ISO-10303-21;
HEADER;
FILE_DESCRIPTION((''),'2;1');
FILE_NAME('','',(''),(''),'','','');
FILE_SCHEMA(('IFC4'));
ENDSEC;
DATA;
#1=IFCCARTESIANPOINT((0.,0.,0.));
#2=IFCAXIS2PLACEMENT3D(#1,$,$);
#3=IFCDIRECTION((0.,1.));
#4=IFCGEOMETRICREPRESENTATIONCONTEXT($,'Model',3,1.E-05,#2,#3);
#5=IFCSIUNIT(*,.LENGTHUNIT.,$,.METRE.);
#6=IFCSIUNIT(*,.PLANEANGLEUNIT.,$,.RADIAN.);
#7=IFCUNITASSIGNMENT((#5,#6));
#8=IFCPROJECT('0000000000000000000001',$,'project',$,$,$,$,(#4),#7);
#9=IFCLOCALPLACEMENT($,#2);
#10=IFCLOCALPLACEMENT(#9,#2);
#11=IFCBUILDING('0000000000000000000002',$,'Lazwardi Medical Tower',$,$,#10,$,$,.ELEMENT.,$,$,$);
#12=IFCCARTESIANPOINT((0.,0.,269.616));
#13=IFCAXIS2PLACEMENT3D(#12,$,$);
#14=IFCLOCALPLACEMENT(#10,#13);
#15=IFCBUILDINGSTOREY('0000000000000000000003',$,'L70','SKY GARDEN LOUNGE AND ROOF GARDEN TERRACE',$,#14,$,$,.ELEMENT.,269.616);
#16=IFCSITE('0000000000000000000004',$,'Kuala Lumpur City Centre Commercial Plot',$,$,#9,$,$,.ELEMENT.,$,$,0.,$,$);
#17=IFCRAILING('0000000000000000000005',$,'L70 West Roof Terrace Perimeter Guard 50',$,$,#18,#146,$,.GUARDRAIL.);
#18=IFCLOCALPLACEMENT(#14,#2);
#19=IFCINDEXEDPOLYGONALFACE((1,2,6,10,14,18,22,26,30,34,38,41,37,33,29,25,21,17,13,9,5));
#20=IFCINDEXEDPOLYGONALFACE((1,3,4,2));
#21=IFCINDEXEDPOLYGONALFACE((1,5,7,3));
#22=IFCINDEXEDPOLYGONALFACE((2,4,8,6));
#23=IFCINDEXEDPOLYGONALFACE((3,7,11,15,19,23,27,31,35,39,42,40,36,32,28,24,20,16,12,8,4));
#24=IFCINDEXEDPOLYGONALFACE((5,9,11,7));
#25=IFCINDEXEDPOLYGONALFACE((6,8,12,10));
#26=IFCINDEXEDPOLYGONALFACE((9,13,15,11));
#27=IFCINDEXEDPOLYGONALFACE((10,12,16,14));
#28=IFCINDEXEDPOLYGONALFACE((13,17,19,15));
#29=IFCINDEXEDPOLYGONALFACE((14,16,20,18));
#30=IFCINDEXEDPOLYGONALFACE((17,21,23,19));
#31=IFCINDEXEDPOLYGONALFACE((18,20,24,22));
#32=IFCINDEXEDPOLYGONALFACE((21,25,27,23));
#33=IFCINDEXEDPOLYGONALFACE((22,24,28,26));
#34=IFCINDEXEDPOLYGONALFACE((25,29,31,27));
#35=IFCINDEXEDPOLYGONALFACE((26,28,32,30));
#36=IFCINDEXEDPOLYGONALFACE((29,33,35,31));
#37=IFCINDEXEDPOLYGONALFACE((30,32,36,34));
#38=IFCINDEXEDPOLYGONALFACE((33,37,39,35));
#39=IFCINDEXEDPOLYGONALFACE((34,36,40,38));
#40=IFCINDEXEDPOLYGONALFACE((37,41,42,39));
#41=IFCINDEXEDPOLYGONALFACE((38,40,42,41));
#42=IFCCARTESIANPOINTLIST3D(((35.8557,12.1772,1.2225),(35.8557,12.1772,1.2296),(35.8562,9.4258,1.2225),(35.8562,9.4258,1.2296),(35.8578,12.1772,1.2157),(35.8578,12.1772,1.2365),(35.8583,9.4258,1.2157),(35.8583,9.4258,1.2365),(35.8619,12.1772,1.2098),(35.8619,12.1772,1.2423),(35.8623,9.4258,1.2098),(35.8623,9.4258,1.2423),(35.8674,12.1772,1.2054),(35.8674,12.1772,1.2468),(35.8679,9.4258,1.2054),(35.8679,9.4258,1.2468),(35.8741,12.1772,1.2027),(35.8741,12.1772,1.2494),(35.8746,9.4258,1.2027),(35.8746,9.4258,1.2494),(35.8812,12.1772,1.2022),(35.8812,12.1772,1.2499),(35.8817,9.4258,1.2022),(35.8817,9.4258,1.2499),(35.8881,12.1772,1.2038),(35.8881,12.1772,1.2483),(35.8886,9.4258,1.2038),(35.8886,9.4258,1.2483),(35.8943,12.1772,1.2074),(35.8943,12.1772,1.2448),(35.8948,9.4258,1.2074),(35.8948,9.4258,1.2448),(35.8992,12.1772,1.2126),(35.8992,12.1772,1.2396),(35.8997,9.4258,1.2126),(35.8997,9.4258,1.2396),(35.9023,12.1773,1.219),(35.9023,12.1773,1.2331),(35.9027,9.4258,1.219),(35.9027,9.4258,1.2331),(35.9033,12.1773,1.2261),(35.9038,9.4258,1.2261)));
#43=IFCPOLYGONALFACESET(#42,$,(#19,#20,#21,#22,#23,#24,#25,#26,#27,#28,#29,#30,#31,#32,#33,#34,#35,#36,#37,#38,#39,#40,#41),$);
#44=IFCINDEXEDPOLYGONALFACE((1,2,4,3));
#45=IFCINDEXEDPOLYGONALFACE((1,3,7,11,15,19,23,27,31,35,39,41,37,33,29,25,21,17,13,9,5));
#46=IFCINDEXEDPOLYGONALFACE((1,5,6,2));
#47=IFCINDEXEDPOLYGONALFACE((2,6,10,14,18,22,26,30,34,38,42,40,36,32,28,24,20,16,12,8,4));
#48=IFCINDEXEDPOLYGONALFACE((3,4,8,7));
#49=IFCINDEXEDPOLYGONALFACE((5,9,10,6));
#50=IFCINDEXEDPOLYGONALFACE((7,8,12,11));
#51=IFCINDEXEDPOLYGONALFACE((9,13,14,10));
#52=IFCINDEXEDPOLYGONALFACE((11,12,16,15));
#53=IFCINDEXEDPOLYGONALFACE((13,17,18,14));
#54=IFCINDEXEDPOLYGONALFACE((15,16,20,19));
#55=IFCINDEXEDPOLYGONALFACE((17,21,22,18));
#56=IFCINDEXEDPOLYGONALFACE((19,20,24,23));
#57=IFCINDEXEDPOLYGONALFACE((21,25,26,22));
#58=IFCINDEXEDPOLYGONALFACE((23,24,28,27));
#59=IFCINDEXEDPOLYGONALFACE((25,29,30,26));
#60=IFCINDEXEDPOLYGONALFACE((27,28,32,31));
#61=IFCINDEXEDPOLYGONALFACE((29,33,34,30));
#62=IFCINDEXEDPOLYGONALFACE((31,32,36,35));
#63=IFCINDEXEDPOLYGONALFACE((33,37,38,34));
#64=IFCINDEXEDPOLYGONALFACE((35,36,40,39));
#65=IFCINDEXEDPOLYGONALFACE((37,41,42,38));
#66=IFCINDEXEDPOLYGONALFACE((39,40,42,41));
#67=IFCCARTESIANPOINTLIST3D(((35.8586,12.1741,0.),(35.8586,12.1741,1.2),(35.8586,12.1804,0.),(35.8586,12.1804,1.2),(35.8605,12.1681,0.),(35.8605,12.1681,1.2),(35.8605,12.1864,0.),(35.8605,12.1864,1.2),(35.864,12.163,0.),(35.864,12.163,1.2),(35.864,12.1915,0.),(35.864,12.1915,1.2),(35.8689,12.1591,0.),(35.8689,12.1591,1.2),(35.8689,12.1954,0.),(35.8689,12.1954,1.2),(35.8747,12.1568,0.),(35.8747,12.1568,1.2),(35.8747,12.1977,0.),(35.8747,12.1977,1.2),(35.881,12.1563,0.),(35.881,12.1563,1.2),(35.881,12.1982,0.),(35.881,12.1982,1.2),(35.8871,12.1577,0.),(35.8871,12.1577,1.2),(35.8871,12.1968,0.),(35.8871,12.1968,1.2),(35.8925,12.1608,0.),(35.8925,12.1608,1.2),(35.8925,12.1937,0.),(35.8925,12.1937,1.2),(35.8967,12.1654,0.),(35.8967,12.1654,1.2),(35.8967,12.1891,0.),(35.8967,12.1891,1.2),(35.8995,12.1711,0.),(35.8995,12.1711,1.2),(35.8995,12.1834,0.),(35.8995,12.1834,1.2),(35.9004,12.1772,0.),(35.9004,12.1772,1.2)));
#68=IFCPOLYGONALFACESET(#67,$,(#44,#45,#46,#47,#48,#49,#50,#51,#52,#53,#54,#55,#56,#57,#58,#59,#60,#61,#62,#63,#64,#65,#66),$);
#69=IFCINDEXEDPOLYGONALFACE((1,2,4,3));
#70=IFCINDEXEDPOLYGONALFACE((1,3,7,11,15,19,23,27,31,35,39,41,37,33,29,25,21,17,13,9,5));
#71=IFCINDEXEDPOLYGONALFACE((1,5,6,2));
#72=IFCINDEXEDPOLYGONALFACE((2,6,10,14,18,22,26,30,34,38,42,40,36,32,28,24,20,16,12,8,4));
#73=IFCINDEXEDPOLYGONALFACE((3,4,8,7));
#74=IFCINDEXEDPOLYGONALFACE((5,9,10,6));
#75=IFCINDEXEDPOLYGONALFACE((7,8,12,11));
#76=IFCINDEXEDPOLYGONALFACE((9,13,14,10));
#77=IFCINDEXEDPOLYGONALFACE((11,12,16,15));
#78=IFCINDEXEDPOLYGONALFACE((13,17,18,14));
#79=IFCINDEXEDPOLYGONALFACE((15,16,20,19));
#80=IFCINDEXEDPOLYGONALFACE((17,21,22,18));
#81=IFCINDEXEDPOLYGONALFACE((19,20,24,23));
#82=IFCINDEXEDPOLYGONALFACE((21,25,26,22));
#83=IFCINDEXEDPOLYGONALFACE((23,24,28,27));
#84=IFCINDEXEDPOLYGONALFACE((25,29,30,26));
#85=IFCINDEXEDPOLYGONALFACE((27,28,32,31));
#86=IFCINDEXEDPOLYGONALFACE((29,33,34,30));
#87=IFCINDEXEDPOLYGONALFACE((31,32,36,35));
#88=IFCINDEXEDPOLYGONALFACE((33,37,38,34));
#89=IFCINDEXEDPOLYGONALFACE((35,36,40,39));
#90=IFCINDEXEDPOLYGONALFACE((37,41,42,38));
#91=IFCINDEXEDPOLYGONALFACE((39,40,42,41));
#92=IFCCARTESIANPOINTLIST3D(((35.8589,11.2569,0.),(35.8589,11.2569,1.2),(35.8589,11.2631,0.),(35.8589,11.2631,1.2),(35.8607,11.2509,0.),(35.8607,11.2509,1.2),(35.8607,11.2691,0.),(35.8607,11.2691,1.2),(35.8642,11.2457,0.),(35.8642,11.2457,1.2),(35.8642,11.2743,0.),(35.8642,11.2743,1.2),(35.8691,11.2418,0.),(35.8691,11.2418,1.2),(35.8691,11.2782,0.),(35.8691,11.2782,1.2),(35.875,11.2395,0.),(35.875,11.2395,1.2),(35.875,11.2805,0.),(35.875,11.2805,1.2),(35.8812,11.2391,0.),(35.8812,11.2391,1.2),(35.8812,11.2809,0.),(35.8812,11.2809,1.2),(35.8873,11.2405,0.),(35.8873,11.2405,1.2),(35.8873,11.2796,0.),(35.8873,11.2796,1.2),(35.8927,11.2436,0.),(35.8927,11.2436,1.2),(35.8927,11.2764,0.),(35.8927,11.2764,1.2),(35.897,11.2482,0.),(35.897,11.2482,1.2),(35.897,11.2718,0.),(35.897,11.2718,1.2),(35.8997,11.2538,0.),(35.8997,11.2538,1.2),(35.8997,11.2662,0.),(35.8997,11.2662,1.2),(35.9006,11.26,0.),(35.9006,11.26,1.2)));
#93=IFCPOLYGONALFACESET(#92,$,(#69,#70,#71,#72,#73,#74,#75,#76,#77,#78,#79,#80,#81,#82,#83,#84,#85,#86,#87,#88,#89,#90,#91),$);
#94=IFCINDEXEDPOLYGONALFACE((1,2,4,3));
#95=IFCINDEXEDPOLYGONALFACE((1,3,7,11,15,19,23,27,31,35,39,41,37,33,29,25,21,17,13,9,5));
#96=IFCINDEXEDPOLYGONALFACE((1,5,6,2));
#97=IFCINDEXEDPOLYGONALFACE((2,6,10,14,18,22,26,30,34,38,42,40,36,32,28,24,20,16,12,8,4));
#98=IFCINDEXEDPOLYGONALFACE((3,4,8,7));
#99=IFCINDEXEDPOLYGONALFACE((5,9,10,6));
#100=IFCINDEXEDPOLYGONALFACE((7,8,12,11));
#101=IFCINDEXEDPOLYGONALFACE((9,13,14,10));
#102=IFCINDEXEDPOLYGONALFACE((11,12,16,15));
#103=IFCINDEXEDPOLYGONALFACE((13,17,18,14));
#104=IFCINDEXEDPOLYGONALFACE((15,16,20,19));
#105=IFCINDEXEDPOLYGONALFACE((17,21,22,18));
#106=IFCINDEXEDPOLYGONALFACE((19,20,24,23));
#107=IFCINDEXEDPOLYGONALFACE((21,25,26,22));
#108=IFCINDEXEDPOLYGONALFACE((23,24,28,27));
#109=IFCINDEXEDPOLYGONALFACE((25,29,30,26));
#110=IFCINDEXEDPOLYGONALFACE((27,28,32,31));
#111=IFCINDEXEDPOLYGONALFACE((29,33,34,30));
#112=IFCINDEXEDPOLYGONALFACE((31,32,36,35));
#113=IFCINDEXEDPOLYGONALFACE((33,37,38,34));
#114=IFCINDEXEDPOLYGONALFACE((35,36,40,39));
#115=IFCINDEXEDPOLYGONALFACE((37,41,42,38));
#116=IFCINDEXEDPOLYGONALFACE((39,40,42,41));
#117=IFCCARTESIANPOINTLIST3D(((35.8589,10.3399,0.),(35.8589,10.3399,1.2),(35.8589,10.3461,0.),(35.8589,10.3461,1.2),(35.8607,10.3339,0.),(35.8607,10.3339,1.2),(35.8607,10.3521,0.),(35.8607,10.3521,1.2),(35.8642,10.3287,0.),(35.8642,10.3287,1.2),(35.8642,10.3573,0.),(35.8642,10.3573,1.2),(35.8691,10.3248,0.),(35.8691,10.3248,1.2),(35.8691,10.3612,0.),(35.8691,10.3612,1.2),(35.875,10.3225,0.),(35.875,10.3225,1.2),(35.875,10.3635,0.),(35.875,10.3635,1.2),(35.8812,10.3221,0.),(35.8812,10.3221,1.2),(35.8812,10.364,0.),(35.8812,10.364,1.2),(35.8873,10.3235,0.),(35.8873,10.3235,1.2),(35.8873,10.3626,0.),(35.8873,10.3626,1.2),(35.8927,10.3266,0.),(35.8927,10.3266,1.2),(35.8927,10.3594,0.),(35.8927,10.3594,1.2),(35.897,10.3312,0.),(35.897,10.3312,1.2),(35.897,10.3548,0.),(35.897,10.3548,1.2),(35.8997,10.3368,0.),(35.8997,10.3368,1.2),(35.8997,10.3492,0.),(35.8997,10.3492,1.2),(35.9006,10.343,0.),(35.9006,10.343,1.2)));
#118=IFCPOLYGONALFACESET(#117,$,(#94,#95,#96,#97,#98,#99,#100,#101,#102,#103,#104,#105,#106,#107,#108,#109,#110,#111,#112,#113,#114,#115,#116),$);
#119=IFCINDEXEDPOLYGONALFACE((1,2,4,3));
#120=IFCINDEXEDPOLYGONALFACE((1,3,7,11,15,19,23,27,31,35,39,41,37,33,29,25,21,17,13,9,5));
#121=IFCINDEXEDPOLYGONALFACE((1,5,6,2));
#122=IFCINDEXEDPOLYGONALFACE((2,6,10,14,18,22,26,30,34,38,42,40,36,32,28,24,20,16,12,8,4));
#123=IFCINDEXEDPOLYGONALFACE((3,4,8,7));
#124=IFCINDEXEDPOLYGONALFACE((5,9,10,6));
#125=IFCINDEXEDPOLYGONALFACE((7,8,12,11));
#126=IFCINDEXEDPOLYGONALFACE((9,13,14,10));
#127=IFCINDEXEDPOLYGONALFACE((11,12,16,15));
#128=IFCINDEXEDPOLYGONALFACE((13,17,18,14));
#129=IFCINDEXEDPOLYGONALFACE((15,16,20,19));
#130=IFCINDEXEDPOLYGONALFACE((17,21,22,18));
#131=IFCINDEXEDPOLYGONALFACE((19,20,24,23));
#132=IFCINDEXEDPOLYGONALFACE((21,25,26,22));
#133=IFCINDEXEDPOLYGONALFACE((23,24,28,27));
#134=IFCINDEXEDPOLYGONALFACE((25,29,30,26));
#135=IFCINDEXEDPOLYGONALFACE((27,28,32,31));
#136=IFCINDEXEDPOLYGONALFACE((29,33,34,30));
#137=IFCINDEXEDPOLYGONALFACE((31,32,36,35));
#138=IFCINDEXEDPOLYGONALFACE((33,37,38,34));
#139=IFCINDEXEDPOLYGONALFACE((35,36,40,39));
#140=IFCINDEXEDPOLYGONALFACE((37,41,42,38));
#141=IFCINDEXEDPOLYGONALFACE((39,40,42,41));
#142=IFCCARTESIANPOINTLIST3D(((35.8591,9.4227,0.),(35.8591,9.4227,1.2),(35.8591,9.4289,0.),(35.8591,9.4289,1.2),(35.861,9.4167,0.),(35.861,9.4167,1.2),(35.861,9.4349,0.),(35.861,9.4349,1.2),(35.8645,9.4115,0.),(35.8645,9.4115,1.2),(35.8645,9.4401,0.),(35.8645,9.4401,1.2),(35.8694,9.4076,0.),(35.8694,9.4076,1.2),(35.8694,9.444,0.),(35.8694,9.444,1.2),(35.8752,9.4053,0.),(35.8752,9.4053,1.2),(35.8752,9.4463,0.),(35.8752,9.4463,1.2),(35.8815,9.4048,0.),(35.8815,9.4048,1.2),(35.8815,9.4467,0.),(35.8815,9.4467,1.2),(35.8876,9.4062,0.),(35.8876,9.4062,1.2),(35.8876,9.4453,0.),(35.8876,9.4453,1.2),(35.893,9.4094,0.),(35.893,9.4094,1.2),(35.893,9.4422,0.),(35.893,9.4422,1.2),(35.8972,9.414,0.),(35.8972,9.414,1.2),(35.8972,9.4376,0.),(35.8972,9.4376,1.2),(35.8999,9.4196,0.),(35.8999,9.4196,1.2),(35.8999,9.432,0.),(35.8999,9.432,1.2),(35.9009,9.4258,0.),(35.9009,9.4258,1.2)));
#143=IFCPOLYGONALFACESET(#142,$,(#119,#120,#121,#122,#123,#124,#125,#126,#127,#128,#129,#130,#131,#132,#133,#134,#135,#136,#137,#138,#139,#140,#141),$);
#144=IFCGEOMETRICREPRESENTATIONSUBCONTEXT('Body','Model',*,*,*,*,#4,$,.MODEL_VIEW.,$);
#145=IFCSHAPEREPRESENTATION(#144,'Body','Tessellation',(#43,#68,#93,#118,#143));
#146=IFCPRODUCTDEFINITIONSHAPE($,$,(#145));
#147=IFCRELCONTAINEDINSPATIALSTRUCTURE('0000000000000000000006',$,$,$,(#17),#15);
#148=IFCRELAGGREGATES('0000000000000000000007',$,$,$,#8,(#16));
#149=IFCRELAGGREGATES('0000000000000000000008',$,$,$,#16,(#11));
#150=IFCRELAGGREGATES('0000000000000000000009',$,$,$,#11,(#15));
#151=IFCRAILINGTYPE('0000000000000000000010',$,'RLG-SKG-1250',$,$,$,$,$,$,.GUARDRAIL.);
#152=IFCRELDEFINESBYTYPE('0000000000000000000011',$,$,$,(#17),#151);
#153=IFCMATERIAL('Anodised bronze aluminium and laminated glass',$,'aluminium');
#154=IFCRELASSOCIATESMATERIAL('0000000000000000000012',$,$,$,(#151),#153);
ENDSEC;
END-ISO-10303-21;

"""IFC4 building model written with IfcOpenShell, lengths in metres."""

from ifc_helpers import new_model, si_unit, direction, frame, origin, origin_2d, place, context, subcontext, project, spatial, circle, extrude, material, type_object, element, save


model = new_model("IFC4")

# Units and contexts
model_context = context("Model", 3, precision=1e-05, world=origin(), true_north=direction((0.0, 1.0)))
body_context = subcontext(model_context, "Body", "Model", "MODEL_VIEW")
ifc_project = project(units=[si_unit("LENGTHUNIT", "METRE"), si_unit("PLANEANGLEUNIT", "RADIAN")], contexts=[model_context])

# Site, building, storey
site_placement = place(None, origin())
site = spatial("IfcSite", under=ifc_project, at=site_placement, Name="Kuala Lumpur City Centre Commercial Plot", CompositionType="ELEMENT", RefElevation=0.0)
building_placement = place(site_placement, origin())
building = spatial("IfcBuilding", under=site, at=building_placement, Name="Lazwardi Medical Tower", CompositionType="ELEMENT")
storey_placement = place(building_placement, frame((0.0, 0.0, 269.616)))
storey = spatial("IfcBuildingStorey", under=building, at=storey_placement, Name="L70", Description="SKY GARDEN LOUNGE AND ROOF GARDEN TERRACE", CompositionType="ELEMENT", Elevation=269.616)

# Railing
ifc_material_1 = material(Name="Anodised bronze aluminium and laminated glass", Category="aluminium")
railing_type = type_object("IfcRailingType", Name="RLG-SKG-1250", PredefinedType="GUARDRAIL", material=ifc_material_1)
railing_1_placement = place(storey_placement, frame((35.8794, 12.1772, 0.0)))
element("IfcRailing", 1, at=railing_1_placement, inside=storey, type_object=railing_type, Name="L70 West Roof Terrace Perimeter Guard 50", PredefinedType="GUARDRAIL", context=body_context, shape_type="SweptSolid", body=[
    extrude(circle(Radius=0.0239, at=origin_2d()), frame((0.0, 0.0, 1.2261), z_axis=(0.000177, -1.0, 0.0), x_axis=(1.0, 0.000177, 0.0)), (0.0, 0.0, 1.0), 2.7515),
    extrude(circle(Radius=0.021, at=origin_2d()), origin(), (0.0, 0.0, 1.0), 1.2),
    extrude(circle(Radius=0.021, at=origin_2d()), frame((0.0002, -0.9172, 0.0)), (0.0, 0.0, 1.0), 1.2),
    extrude(circle(Radius=0.021, at=origin_2d()), frame((0.0002, -1.8342, 0.0)), (0.0, 0.0, 1.0), 1.2),
    extrude(circle(Radius=0.021, at=origin_2d()), frame((0.0005, -2.7515, 0.0)), (0.0, 0.0, 1.0), 1.2),
])

save(model, "model.ifc")
